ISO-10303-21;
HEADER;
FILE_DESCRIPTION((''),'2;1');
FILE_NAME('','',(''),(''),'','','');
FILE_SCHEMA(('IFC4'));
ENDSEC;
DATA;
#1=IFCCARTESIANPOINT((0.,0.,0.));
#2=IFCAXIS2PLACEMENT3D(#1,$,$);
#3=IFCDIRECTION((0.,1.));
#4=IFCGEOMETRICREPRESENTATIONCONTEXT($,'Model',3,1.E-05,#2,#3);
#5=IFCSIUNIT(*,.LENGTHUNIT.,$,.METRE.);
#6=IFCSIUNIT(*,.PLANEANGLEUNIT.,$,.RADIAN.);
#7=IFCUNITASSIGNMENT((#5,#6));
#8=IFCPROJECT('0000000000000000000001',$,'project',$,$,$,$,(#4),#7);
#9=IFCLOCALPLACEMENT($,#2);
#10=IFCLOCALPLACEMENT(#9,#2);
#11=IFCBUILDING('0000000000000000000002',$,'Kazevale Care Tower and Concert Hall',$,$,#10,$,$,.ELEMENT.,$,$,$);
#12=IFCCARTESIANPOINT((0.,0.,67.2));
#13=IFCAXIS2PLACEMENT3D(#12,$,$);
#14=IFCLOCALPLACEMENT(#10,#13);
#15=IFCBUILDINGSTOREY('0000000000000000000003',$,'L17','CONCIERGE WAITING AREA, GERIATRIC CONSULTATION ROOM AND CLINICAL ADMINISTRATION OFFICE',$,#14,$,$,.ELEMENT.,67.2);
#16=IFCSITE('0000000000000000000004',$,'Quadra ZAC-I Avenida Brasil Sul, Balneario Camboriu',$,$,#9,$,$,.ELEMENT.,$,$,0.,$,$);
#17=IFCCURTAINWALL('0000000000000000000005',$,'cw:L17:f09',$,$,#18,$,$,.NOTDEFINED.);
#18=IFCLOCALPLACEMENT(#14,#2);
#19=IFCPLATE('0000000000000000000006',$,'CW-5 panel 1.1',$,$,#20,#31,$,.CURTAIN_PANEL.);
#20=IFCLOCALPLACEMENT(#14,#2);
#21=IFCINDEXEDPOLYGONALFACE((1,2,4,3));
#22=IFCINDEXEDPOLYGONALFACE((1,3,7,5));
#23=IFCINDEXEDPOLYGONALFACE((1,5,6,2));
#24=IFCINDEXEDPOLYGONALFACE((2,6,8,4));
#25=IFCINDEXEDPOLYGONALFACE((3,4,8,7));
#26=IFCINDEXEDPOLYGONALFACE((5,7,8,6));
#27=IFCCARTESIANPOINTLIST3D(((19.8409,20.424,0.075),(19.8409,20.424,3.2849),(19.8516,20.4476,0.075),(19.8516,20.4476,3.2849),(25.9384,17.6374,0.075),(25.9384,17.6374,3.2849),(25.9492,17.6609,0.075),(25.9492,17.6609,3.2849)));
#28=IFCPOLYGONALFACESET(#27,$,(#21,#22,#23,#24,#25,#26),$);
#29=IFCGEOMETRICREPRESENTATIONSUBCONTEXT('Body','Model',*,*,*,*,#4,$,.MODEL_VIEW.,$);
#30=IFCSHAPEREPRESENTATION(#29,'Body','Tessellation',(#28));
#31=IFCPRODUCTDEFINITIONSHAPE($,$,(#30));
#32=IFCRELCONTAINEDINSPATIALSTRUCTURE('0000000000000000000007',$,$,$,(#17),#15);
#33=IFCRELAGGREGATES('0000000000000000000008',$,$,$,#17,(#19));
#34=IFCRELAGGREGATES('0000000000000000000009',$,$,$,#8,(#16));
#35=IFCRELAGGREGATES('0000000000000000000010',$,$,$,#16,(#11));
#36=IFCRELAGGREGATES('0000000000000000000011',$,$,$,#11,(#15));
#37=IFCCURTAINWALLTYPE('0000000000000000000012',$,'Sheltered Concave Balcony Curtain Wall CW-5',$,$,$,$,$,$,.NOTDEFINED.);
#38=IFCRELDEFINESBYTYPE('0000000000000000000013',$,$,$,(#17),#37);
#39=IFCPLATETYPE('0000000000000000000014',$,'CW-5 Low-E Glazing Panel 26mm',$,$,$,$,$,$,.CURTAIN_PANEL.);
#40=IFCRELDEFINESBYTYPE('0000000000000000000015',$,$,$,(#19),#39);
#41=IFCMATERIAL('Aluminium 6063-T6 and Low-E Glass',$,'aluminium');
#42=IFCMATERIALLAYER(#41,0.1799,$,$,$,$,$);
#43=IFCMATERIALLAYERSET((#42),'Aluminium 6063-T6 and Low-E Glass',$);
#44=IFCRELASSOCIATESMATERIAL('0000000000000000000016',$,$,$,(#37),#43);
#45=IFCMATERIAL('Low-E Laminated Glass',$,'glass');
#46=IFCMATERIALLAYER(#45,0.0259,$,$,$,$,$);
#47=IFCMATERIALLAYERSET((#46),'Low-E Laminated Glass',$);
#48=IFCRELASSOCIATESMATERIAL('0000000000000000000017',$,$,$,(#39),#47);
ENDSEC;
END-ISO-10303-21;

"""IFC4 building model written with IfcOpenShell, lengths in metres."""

from ifc_helpers import new_model, si_unit, direction, frame, origin, origin_2d, place, context, subcontext, project, spatial, rectangle, extrude, material, layer, layer_set, type_object, element, aggregate, save


model = new_model("IFC4")

# Units and contexts
model_context = context("Model", 3, precision=1e-05, world=origin(), true_north=direction((0.0, 1.0)))
body_context = subcontext(model_context, "Body", "Model", "MODEL_VIEW")
ifc_project = project(units=[si_unit("LENGTHUNIT", "METRE"), si_unit("PLANEANGLEUNIT", "RADIAN")], contexts=[model_context])

# Site, building, storey
site_placement = place(None, origin())
site = spatial("IfcSite", under=ifc_project, at=site_placement, Name="Quadra ZAC-I Avenida Brasil Sul, Balneario Camboriu", CompositionType="ELEMENT", RefElevation=0.0)
building_placement = place(site_placement, origin())
building = spatial("IfcBuilding", under=site, at=building_placement, Name="Kazevale Care Tower and Concert Hall", CompositionType="ELEMENT")
storey_placement = place(building_placement, frame((0.0, 0.0, 67.2)))
storey = spatial("IfcBuildingStorey", under=building, at=storey_placement, Name="L17", Description="CONCIERGE WAITING AREA, GERIATRIC CONSULTATION ROOM AND CLINICAL ADMINISTRATION OFFICE", CompositionType="ELEMENT", Elevation=67.2)

# Shared definitions
ifc_material_1 = material(Name="Aluminium 6063-T6 and Low-E Glass", Category="aluminium")
ifc_layer_1 = layer(ifc_material_1, 0.1799)
ifc_layer_set_1 = layer_set([ifc_layer_1], Name="Aluminium 6063-T6 and Low-E Glass")
curtain_wall_type = type_object("IfcCurtainWallType", Name="Sheltered Concave Balcony Curtain Wall CW-5", PredefinedType="NOTDEFINED", material=ifc_layer_set_1)

# Curtain wall
curtain_wall_1_placement = place(storey_placement, origin())
curtain_wall_1 = element("IfcCurtainWall", 1, at=curtain_wall_1_placement, inside=storey, type_object=curtain_wall_type, Name="cw:L17:f09", PredefinedType="NOTDEFINED")

# Plate
ifc_material_2 = material(Name="Low-E Laminated Glass", Category="glass")
ifc_layer_2 = layer(ifc_material_2, 0.0259)
ifc_layer_set_2 = layer_set([ifc_layer_2], Name="Low-E Laminated Glass")
plate_type = type_object("IfcPlateType", Name="CW-5 Low-E Glazing Panel 26mm", PredefinedType="CURTAIN_PANEL", material=ifc_layer_set_2)
plate_1_placement = place(storey_placement, frame((22.895, 19.0425, 0.075), z_axis=(0.0, 0.0, 1.0), x_axis=(-0.90952, 0.41566, 0.0)))
plate_1 = element("IfcPlate", 2, at=plate_1_placement, type_object=plate_type, Name="CW-5 panel 1.1", PredefinedType="CURTAIN_PANEL", context=body_context, shape_type="SweptSolid", body=[
    extrude(rectangle(XDim=6.7041, YDim=0.0259, at=origin_2d()), origin(), (0.0, 0.0, 1.0), 3.21),
])
aggregate(curtain_wall_1, [plate_1])

save(model, "model.ifc")
